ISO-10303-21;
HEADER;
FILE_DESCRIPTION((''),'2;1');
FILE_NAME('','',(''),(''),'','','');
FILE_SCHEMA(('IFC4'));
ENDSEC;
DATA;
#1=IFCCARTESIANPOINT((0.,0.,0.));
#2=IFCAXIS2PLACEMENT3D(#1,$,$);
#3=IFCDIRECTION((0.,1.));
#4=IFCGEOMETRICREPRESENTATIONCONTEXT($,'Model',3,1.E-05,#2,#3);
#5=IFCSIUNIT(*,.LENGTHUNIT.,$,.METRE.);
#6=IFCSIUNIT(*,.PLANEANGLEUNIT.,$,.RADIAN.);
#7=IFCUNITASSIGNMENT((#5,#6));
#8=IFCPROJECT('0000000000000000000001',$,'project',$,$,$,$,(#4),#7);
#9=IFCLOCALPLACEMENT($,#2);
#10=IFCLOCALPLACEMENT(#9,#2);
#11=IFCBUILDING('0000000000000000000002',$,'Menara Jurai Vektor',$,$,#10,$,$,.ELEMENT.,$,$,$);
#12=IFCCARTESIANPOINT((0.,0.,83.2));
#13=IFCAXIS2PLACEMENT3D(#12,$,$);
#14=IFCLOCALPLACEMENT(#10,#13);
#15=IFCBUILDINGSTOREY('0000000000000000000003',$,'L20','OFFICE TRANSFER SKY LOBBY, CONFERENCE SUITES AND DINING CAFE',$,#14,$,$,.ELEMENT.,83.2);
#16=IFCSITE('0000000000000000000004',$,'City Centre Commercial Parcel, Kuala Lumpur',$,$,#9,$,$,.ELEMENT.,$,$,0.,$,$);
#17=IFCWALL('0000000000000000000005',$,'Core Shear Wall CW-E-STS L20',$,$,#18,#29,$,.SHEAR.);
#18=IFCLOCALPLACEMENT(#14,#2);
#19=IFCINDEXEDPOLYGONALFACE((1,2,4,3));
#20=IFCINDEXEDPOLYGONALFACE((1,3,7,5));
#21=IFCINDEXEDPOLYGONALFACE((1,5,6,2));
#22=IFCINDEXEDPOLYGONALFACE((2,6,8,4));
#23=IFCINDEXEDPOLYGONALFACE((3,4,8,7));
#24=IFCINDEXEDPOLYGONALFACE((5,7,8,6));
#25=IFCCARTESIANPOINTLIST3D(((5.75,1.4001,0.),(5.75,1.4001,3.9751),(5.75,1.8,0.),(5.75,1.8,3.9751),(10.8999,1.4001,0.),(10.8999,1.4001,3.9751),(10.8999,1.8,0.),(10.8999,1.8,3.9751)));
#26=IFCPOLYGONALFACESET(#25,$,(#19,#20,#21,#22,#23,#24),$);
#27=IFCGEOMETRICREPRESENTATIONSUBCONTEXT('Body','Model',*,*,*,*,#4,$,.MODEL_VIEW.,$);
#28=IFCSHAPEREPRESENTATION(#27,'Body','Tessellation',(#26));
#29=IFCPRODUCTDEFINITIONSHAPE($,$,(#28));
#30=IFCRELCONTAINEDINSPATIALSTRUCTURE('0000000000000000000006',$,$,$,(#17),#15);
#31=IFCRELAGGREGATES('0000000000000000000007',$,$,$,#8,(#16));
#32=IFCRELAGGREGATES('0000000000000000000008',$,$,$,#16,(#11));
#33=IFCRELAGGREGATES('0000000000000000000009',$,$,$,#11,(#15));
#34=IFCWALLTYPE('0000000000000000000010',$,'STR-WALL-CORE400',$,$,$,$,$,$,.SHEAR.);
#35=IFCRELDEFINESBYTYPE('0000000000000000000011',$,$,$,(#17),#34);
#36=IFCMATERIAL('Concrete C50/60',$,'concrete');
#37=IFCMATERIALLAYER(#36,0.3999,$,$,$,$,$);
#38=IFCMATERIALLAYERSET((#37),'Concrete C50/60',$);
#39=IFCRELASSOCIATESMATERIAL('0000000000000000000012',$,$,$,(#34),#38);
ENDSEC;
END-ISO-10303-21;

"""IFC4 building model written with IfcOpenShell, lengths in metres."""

from ifc_helpers import new_model, si_unit, direction, frame, frame_2d, origin, place, context, subcontext, project, spatial, rectangle, extrude, material, layer, layer_set, type_object, element, save


model = new_model("IFC4")

# Units and contexts
model_context = context("Model", 3, precision=1e-05, world=origin(), true_north=direction((0.0, 1.0)))
body_context = subcontext(model_context, "Body", "Model", "MODEL_VIEW")
ifc_project = project(units=[si_unit("LENGTHUNIT", "METRE"), si_unit("PLANEANGLEUNIT", "RADIAN")], contexts=[model_context])

# Site, building, storey
site_placement = place(None, origin())
site = spatial("IfcSite", under=ifc_project, at=site_placement, Name="City Centre Commercial Parcel, Kuala Lumpur", CompositionType="ELEMENT", RefElevation=0.0)
building_placement = place(site_placement, origin())
building = spatial("IfcBuilding", under=site, at=building_placement, Name="Menara Jurai Vektor", CompositionType="ELEMENT")
storey_placement = place(building_placement, frame((0.0, 0.0, 83.2)))
storey = spatial("IfcBuildingStorey", under=building, at=storey_placement, Name="L20", Description="OFFICE TRANSFER SKY LOBBY, CONFERENCE SUITES AND DINING CAFE", CompositionType="ELEMENT", Elevation=83.2)

# Shared definitions
ifc_material_1 = material(Name="Concrete C50/60", Category="concrete")

# Wall
ifc_layer_1 = layer(ifc_material_1, 0.3999)
ifc_layer_set_1 = layer_set([ifc_layer_1], Name="Concrete C50/60")
wall_type_1 = type_object("IfcWallType", Name="STR-WALL-CORE400", PredefinedType="SHEAR", material=ifc_layer_set_1)
wall_1_placement = place(storey_placement, frame((5.75, 1.6001, 0.0), z_axis=(0.0, 0.0, 1.0), x_axis=(1.0, 0.0, 0.0)))
element("IfcWall", 1, at=wall_1_placement, inside=storey, type_object=wall_type_1, Name="Core Shear Wall CW-E-STS L20", PredefinedType="SHEAR", context=body_context, shape_type="SweptSolid", body=[
    extrude(rectangle(XDim=5.1499, YDim=0.3999, at=frame_2d((2.575, 0.0))), origin(), (0.0, 0.0, 1.0), 3.9751),
])

save(model, "model.ifc")
